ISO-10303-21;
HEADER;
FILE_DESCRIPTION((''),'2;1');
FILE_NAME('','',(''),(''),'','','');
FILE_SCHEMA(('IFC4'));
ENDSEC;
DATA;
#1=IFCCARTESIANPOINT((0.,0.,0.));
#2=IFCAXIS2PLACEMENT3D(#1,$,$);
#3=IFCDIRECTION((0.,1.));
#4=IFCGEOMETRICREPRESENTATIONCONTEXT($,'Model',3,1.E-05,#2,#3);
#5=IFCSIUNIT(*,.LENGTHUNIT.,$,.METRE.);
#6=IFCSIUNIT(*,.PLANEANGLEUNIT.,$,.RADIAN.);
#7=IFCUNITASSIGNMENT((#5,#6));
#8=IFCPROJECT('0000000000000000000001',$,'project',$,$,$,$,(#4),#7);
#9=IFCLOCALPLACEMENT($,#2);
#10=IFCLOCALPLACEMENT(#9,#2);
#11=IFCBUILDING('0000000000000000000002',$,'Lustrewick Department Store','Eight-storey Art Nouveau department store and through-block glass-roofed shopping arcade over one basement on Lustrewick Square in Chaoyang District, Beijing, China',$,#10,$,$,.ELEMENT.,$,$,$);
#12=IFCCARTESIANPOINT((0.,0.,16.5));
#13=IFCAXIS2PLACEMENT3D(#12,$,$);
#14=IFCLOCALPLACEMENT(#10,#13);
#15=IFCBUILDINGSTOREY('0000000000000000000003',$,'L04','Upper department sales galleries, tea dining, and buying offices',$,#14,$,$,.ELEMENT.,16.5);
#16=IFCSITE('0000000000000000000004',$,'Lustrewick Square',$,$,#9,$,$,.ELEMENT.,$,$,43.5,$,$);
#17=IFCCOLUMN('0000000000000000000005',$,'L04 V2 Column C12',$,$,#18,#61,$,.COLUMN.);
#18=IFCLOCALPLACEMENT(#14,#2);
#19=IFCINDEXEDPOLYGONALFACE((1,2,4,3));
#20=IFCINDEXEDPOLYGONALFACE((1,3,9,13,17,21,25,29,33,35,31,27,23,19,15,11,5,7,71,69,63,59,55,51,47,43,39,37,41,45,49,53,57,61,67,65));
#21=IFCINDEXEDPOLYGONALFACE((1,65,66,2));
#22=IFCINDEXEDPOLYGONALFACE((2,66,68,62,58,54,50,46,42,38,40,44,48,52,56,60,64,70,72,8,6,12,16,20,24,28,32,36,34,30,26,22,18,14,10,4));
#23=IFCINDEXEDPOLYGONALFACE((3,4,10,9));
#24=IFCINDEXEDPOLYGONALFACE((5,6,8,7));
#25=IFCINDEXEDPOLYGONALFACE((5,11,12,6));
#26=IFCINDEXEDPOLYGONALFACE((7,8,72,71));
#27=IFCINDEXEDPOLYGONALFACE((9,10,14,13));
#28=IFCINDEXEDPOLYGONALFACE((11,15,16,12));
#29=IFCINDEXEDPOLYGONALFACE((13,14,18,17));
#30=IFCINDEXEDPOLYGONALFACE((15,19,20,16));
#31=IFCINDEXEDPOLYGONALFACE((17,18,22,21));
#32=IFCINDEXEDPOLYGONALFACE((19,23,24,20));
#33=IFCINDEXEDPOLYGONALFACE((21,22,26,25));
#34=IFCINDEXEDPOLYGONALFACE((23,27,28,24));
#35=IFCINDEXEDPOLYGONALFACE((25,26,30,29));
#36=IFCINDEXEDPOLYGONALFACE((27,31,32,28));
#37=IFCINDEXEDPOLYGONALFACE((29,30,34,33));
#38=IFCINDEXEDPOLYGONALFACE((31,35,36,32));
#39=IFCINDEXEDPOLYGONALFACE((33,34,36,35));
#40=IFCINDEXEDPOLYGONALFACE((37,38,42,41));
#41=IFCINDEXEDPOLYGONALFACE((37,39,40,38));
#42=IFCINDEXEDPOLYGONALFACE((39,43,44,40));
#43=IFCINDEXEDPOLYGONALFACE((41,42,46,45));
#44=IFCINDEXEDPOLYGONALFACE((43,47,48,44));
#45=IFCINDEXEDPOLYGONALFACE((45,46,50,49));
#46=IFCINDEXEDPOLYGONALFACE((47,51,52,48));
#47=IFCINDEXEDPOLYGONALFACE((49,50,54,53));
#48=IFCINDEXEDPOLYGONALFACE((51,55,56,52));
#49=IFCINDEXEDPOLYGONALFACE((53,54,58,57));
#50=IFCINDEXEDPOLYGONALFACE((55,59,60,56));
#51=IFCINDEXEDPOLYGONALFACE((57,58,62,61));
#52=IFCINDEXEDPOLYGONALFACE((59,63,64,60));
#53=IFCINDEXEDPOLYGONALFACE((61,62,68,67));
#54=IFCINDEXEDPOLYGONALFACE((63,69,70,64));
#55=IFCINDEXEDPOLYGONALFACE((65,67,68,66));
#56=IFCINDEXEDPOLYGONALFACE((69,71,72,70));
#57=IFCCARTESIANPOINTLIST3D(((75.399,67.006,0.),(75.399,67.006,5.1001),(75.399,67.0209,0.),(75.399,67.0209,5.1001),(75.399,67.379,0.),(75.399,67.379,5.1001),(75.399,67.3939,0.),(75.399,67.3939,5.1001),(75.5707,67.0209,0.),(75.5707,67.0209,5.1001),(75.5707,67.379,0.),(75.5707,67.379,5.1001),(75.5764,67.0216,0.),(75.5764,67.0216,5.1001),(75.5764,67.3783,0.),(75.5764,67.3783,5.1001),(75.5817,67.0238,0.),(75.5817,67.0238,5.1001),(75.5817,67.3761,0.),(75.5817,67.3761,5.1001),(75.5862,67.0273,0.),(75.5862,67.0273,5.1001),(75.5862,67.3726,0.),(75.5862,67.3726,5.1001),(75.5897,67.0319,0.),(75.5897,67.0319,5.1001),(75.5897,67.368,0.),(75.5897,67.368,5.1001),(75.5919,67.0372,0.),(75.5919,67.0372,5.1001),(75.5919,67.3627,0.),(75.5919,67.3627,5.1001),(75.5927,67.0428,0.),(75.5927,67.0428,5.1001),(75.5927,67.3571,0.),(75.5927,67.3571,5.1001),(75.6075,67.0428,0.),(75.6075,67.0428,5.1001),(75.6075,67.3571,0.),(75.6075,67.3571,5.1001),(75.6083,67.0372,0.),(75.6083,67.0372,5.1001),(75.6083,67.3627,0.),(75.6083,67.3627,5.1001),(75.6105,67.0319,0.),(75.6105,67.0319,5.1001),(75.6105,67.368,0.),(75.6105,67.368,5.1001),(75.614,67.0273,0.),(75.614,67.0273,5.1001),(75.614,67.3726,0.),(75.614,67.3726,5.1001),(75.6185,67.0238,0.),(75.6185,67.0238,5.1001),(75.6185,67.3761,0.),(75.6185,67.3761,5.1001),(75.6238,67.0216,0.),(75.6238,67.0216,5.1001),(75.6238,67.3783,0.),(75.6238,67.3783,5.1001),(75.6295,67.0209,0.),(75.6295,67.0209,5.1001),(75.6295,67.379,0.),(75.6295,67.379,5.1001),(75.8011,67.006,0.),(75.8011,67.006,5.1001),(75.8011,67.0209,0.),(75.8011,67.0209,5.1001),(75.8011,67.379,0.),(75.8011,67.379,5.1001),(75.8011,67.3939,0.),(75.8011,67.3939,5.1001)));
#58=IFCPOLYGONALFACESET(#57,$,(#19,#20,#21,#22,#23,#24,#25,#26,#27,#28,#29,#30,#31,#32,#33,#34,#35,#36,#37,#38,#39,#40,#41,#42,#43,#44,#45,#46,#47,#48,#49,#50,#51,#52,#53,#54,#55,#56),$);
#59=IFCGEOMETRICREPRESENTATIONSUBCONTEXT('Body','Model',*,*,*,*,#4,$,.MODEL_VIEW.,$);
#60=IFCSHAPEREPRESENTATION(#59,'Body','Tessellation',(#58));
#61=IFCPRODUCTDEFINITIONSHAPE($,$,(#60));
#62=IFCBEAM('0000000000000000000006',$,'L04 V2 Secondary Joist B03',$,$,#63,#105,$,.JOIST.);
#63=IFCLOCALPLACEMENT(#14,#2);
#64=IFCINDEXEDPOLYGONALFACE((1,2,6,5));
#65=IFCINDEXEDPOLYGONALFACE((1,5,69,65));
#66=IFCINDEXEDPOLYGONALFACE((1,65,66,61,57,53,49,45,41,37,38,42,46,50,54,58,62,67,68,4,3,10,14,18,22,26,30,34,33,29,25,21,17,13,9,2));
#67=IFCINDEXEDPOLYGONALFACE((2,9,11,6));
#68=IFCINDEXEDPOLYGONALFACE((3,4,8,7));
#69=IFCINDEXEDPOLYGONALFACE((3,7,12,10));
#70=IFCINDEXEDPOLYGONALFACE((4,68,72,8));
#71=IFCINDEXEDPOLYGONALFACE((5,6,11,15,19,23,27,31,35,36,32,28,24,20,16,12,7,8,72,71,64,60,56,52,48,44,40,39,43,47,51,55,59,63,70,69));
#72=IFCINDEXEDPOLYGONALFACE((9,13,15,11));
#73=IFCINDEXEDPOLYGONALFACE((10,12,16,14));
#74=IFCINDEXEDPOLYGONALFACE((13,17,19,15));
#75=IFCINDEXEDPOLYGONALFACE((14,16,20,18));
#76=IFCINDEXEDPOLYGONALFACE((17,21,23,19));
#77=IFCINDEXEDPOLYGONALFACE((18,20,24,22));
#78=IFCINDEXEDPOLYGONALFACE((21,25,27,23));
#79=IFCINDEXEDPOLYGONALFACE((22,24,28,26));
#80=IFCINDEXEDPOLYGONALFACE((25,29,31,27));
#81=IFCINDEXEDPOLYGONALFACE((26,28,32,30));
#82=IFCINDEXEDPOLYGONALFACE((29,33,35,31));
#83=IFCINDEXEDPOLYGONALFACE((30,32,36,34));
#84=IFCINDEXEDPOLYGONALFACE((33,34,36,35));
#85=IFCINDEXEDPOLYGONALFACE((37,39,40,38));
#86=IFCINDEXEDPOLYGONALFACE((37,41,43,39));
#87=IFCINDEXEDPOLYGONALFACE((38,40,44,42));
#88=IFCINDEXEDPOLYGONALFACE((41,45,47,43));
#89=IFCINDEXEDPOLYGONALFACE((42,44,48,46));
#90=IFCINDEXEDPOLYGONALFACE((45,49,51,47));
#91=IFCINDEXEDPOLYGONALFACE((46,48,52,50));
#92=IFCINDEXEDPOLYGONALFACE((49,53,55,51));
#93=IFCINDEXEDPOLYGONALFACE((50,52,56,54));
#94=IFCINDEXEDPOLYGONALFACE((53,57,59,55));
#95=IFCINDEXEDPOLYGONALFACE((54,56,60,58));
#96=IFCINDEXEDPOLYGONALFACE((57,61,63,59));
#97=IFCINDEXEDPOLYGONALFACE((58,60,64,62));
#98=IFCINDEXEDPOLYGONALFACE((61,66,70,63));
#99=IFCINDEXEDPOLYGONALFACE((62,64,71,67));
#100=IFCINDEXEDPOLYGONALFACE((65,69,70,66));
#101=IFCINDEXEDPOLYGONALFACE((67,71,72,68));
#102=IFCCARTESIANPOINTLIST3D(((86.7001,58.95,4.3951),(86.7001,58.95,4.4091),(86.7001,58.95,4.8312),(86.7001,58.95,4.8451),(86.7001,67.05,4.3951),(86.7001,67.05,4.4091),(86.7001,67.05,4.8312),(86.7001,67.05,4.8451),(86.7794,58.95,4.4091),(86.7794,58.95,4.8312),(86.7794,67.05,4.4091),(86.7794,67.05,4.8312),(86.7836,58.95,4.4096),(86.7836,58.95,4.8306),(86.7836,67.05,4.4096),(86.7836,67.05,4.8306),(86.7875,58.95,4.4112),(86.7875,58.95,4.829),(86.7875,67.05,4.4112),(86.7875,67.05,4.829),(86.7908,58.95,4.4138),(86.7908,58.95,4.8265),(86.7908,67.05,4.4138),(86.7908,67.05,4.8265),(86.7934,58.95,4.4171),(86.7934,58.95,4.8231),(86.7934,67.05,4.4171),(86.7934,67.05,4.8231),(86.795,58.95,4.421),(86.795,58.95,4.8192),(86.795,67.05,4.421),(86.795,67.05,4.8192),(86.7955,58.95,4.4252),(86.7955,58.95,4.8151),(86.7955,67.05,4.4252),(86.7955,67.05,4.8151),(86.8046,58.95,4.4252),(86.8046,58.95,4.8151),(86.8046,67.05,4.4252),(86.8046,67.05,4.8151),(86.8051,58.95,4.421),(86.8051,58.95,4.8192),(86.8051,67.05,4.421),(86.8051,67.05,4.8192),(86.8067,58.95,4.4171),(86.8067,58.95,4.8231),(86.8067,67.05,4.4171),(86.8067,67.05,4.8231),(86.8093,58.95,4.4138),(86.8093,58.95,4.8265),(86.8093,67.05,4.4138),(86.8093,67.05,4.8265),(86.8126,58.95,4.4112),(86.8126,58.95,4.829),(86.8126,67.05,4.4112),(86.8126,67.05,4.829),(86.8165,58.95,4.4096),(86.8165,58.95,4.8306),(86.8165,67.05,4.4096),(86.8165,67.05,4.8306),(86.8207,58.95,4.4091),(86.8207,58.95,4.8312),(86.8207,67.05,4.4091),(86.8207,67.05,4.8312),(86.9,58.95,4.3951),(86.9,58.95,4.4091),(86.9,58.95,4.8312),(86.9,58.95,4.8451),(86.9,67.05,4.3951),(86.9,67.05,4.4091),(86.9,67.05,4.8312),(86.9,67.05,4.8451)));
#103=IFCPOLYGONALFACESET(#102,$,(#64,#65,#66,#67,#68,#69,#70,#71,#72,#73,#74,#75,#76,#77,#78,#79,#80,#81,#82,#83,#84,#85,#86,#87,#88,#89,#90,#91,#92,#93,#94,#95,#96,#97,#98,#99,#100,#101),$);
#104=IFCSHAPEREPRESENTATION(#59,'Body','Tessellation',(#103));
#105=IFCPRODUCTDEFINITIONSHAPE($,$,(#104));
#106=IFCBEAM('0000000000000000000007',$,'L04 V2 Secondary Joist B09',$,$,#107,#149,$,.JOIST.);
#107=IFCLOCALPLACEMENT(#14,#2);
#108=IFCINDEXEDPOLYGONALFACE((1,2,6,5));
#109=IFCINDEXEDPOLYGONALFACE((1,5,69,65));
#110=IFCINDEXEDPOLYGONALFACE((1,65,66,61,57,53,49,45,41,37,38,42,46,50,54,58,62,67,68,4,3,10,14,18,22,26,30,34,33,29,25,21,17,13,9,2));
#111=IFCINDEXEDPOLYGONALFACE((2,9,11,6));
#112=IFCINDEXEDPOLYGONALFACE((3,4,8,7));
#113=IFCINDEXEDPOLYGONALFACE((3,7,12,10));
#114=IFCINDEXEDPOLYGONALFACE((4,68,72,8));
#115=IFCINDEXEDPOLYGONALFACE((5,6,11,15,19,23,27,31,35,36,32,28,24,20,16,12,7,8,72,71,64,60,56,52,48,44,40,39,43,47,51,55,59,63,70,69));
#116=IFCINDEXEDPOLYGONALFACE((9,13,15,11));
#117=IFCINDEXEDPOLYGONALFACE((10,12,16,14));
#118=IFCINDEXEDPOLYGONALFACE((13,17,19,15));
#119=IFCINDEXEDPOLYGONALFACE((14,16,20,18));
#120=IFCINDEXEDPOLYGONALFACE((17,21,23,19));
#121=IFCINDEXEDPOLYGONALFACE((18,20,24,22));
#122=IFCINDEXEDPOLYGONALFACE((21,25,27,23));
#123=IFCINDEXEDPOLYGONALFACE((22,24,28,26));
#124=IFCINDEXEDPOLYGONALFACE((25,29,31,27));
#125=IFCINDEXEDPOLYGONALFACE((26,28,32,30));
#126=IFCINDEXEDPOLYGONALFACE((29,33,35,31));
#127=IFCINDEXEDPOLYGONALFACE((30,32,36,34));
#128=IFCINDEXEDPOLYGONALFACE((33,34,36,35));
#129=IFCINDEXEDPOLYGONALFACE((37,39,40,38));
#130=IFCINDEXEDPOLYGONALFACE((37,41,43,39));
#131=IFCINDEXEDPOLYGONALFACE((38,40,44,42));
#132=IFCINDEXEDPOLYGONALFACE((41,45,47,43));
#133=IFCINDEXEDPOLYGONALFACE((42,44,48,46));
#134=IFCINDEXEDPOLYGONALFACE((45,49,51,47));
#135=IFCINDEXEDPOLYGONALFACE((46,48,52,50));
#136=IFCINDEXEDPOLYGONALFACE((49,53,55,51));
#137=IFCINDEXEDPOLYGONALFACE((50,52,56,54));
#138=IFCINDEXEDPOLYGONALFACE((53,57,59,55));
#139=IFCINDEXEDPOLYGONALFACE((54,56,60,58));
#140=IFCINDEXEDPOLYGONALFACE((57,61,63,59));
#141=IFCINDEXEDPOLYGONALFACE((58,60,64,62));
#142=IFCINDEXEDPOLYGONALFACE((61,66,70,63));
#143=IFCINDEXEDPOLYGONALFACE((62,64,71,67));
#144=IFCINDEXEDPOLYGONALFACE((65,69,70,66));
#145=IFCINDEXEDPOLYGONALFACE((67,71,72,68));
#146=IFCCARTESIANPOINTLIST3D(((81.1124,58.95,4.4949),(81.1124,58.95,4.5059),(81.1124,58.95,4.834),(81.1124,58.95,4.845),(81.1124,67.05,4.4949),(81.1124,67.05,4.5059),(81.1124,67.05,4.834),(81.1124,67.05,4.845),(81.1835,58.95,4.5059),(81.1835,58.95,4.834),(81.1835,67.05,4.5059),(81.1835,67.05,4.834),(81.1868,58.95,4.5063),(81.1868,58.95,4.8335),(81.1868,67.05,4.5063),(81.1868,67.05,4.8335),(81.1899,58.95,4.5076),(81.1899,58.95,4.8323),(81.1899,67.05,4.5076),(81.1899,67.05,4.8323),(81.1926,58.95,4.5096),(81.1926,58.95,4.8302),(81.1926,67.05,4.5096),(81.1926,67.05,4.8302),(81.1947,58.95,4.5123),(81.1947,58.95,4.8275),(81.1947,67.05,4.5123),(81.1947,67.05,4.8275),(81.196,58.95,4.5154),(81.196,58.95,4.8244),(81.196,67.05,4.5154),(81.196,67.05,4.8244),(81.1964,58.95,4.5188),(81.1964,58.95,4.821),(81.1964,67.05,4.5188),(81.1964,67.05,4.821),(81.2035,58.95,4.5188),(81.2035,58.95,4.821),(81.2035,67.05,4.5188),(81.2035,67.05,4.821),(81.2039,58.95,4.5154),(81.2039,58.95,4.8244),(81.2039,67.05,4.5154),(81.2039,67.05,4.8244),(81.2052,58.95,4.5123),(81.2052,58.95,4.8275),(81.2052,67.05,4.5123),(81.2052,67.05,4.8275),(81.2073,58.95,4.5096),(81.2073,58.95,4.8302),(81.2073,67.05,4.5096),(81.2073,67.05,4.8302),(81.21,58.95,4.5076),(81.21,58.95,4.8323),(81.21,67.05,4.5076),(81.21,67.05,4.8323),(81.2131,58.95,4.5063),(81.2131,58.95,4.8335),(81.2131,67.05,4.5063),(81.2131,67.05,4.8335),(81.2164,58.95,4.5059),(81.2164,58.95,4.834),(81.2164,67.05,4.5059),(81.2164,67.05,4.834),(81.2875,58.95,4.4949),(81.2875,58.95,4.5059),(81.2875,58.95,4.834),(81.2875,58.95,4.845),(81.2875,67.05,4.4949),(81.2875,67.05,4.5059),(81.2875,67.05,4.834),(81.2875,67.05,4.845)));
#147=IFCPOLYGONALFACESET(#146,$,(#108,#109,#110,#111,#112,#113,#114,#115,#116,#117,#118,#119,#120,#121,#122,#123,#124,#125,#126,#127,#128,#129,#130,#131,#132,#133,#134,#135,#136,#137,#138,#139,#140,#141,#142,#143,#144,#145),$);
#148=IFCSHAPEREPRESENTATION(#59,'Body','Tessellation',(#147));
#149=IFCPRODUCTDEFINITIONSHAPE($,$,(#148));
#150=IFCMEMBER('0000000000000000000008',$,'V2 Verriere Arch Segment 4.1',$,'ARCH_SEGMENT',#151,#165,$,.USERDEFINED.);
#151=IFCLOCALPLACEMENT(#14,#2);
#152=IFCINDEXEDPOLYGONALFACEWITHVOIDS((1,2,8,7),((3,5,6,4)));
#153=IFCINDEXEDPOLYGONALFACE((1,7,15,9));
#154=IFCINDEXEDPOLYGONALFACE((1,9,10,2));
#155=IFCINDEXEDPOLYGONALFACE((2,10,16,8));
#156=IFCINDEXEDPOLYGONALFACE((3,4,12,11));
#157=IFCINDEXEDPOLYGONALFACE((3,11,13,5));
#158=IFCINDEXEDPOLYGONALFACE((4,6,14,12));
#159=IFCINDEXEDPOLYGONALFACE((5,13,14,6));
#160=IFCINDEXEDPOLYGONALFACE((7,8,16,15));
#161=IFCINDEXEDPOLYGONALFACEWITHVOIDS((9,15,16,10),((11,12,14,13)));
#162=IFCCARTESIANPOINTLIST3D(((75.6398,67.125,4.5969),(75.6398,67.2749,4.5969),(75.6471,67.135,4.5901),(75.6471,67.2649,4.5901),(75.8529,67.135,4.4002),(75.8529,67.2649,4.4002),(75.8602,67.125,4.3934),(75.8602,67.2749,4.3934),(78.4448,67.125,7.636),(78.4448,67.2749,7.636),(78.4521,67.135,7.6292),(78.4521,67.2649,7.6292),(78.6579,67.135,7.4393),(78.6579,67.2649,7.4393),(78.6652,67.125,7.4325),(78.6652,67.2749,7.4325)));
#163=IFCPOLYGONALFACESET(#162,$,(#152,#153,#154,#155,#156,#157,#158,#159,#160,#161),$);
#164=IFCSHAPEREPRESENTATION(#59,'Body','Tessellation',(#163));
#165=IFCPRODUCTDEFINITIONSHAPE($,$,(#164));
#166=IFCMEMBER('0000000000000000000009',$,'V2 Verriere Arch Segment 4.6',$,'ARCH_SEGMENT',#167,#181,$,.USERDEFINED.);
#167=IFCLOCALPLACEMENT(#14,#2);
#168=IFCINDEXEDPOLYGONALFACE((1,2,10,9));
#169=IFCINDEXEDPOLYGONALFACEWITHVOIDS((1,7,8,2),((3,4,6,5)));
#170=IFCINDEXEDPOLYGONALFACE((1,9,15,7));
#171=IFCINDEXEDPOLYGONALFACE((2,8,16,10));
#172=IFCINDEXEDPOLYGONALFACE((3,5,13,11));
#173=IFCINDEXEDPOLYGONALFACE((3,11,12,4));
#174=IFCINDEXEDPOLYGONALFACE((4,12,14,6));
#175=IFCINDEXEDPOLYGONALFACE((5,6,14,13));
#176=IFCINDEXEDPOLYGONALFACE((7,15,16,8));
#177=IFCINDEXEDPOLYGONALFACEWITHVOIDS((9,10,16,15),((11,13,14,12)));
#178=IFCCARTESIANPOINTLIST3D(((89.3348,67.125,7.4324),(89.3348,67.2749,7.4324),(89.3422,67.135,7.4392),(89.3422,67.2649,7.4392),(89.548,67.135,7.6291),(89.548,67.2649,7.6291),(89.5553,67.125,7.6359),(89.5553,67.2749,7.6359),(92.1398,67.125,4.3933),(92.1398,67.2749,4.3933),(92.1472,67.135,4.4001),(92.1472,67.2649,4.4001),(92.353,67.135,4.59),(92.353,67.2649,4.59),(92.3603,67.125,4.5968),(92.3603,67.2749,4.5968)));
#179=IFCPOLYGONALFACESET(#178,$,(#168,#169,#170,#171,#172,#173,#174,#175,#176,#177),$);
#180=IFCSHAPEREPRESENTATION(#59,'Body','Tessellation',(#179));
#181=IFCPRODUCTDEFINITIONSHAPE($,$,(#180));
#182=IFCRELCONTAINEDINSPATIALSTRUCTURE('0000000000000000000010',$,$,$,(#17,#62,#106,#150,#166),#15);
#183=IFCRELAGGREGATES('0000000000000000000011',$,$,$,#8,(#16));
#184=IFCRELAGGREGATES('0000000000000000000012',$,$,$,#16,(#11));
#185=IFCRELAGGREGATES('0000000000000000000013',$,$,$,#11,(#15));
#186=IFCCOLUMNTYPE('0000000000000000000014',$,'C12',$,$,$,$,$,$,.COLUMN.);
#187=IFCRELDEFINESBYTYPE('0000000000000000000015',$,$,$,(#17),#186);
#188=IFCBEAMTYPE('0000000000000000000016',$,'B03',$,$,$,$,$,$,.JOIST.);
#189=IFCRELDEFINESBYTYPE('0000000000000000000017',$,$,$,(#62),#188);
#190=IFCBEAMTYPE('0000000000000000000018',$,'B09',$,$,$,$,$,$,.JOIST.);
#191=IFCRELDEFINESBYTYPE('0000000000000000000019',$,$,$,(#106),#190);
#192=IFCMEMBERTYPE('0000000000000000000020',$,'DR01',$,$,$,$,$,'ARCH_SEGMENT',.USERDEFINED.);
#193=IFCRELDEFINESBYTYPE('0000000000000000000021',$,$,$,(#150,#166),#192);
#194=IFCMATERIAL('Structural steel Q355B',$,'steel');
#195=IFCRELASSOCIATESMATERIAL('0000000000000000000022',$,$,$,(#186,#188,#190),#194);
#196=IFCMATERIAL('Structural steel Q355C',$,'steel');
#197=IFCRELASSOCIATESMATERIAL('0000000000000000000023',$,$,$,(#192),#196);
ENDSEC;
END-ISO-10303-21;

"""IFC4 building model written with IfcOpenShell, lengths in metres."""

from ifc_helpers import new_model, si_unit, direction, frame, origin, origin_2d, place, context, subcontext, project, spatial, hollow_rectangle, i_section, extrude, material, material_profile, profile_set, type_object, element, save


model = new_model("IFC4")

# Units and contexts
model_context = context("Model", 3, precision=1e-05, world=origin(), true_north=direction((0.0, 1.0)))
body_context = subcontext(model_context, "Body", "Model", "MODEL_VIEW")
ifc_project = project(units=[si_unit("LENGTHUNIT", "METRE"), si_unit("PLANEANGLEUNIT", "RADIAN")], contexts=[model_context])

# Site, building, storey
site_placement = place(None, origin())
site = spatial("IfcSite", under=ifc_project, at=site_placement, Name="Lustrewick Square", CompositionType="ELEMENT", RefElevation=43.5)
building_placement = place(site_placement, origin())
building = spatial("IfcBuilding", under=site, at=building_placement, Name="Lustrewick Department Store", Description="Eight-storey Art Nouveau department store and through-block glass-roofed shopping arcade over one basement on Lustrewick Square in Chaoyang District, Beijing, China", CompositionType="ELEMENT")
storey_placement = place(building_placement, frame((0.0, 0.0, 16.5)))
storey = spatial("IfcBuildingStorey", under=building, at=storey_placement, Name="L04", Description="Upper department sales galleries, tea dining, and buying offices", CompositionType="ELEMENT", Elevation=16.5)

# Column
ifc_material_1 = material(Name="Structural steel Q355B", Category="steel")
ifc_material_profile_1 = material_profile(ifc_material_1, i_section(OverallWidth=0.4021, OverallDepth=0.3879, WebThickness=0.0149, FlangeThickness=0.0149, FilletRadius=0.022, at=origin_2d()), Name="HW 388x402x15x15")
ifc_profile_set_1 = profile_set([ifc_material_profile_1], Name="Structural steel Q355B")
column_type = type_object("IfcColumnType", Name="C12", PredefinedType="COLUMN", material=ifc_profile_set_1)
column_placement = place(storey_placement, frame((75.6001, 67.2, 0.0), z_axis=(0.0, 0.0, 1.0), x_axis=(1.0, 0.0, 0.0)))
element("IfcColumn", 1, at=column_placement, inside=storey, type_object=column_type, Name="L04 V2 Column C12", PredefinedType="COLUMN", context=body_context, shape_type="SweptSolid", body=[
    extrude(i_section(OverallWidth=0.4021, OverallDepth=0.3879, WebThickness=0.0149, FlangeThickness=0.0149, FilletRadius=0.022, at=origin_2d()), origin(), (0.0, 0.0, 1.0), 5.1001),
])

# Beams
ifc_material_profile_2 = material_profile(ifc_material_1, i_section(OverallWidth=0.2, OverallDepth=0.45, WebThickness=0.009, FlangeThickness=0.0139, FilletRadius=0.0161, at=origin_2d()), Name="HN 450x200x9x14")
ifc_profile_set_2 = profile_set([ifc_material_profile_2], Name="Structural steel Q355B")
beam_type_1 = type_object("IfcBeamType", Name="B03", PredefinedType="JOIST", material=ifc_profile_set_2)
beam_1_placement = place(storey_placement, frame((86.8, 58.95, 4.6201), z_axis=(0.0, 1.0, 0.0), x_axis=(-1.0, 0.0, 0.0)))
element("IfcBeam", 2, at=beam_1_placement, inside=storey, type_object=beam_type_1, Name="L04 V2 Secondary Joist B03", PredefinedType="JOIST", context=body_context, shape_type="SweptSolid", body=[
    extrude(i_section(OverallWidth=0.2, OverallDepth=0.45, WebThickness=0.009, FlangeThickness=0.0139, FilletRadius=0.0161, at=origin_2d()), origin(), (0.0, 0.0, 1.0), 8.1001),
])
ifc_material_profile_3 = material_profile(ifc_material_1, i_section(OverallWidth=0.175, OverallDepth=0.3501, WebThickness=0.0071, FlangeThickness=0.011, FilletRadius=0.0129, at=origin_2d()), Name="HN 350x175x7x11")
ifc_profile_set_3 = profile_set([ifc_material_profile_3], Name="Structural steel Q355B")
beam_type_2 = type_object("IfcBeamType", Name="B09", PredefinedType="JOIST", material=ifc_profile_set_3)
beam_2_placement = place(storey_placement, frame((81.2, 58.95, 4.6699), z_axis=(0.0, 1.0, 0.0), x_axis=(-1.0, 0.0, 0.0)))
element("IfcBeam", 3, at=beam_2_placement, inside=storey, type_object=beam_type_2, Name="L04 V2 Secondary Joist B09", PredefinedType="JOIST", context=body_context, shape_type="SweptSolid", body=[
    extrude(i_section(OverallWidth=0.175, OverallDepth=0.3501, WebThickness=0.0071, FlangeThickness=0.011, FilletRadius=0.0129, at=origin_2d()), origin(), (0.0, 0.0, 1.0), 8.1001),
])

# Members
ifc_material_2 = material(Name="Structural steel Q355C", Category="steel")
ifc_material_profile_4 = material_profile(ifc_material_2, hollow_rectangle(XDim=0.1499, YDim=0.3, WallThickness=0.01, at=origin_2d()), Name="RHS 300x150x10")
ifc_profile_set_4 = profile_set([ifc_material_profile_4], Name="Structural steel Q355C")
member_type_1 = type_object("IfcMemberType", Name="DR01", ElementType="ARCH_SEGMENT", PredefinedType="USERDEFINED", material=ifc_profile_set_4)
for number, where, z_axis, x_axis, name in (
    (4, (75.75, 67.2, 4.4951), (0.678234, 0.0, 0.734846), (0.0, 1.0, 0.0), "V2 Verriere Arch Segment 4.1"),
    (5, (89.4451, 67.2, 7.5342), (0.678234, 0.0, -0.734846), (0.0, 1.0, 0.0), "V2 Verriere Arch Segment 4.6"),
):
    element("IfcMember", number, at=place(storey_placement, frame(where, z_axis=z_axis, x_axis=x_axis)), inside=storey, type_object=member_type_1, Name=name, ObjectType="ARCH_SEGMENT", PredefinedType="USERDEFINED", context=body_context, shape_type="SweptSolid", body=[
        extrude(hollow_rectangle(XDim=0.1499, YDim=0.3, WallThickness=0.01, at=origin_2d()), origin(), (0.0, 0.0, 1.0), 4.1357),
    ])

save(model, "model.ifc")
